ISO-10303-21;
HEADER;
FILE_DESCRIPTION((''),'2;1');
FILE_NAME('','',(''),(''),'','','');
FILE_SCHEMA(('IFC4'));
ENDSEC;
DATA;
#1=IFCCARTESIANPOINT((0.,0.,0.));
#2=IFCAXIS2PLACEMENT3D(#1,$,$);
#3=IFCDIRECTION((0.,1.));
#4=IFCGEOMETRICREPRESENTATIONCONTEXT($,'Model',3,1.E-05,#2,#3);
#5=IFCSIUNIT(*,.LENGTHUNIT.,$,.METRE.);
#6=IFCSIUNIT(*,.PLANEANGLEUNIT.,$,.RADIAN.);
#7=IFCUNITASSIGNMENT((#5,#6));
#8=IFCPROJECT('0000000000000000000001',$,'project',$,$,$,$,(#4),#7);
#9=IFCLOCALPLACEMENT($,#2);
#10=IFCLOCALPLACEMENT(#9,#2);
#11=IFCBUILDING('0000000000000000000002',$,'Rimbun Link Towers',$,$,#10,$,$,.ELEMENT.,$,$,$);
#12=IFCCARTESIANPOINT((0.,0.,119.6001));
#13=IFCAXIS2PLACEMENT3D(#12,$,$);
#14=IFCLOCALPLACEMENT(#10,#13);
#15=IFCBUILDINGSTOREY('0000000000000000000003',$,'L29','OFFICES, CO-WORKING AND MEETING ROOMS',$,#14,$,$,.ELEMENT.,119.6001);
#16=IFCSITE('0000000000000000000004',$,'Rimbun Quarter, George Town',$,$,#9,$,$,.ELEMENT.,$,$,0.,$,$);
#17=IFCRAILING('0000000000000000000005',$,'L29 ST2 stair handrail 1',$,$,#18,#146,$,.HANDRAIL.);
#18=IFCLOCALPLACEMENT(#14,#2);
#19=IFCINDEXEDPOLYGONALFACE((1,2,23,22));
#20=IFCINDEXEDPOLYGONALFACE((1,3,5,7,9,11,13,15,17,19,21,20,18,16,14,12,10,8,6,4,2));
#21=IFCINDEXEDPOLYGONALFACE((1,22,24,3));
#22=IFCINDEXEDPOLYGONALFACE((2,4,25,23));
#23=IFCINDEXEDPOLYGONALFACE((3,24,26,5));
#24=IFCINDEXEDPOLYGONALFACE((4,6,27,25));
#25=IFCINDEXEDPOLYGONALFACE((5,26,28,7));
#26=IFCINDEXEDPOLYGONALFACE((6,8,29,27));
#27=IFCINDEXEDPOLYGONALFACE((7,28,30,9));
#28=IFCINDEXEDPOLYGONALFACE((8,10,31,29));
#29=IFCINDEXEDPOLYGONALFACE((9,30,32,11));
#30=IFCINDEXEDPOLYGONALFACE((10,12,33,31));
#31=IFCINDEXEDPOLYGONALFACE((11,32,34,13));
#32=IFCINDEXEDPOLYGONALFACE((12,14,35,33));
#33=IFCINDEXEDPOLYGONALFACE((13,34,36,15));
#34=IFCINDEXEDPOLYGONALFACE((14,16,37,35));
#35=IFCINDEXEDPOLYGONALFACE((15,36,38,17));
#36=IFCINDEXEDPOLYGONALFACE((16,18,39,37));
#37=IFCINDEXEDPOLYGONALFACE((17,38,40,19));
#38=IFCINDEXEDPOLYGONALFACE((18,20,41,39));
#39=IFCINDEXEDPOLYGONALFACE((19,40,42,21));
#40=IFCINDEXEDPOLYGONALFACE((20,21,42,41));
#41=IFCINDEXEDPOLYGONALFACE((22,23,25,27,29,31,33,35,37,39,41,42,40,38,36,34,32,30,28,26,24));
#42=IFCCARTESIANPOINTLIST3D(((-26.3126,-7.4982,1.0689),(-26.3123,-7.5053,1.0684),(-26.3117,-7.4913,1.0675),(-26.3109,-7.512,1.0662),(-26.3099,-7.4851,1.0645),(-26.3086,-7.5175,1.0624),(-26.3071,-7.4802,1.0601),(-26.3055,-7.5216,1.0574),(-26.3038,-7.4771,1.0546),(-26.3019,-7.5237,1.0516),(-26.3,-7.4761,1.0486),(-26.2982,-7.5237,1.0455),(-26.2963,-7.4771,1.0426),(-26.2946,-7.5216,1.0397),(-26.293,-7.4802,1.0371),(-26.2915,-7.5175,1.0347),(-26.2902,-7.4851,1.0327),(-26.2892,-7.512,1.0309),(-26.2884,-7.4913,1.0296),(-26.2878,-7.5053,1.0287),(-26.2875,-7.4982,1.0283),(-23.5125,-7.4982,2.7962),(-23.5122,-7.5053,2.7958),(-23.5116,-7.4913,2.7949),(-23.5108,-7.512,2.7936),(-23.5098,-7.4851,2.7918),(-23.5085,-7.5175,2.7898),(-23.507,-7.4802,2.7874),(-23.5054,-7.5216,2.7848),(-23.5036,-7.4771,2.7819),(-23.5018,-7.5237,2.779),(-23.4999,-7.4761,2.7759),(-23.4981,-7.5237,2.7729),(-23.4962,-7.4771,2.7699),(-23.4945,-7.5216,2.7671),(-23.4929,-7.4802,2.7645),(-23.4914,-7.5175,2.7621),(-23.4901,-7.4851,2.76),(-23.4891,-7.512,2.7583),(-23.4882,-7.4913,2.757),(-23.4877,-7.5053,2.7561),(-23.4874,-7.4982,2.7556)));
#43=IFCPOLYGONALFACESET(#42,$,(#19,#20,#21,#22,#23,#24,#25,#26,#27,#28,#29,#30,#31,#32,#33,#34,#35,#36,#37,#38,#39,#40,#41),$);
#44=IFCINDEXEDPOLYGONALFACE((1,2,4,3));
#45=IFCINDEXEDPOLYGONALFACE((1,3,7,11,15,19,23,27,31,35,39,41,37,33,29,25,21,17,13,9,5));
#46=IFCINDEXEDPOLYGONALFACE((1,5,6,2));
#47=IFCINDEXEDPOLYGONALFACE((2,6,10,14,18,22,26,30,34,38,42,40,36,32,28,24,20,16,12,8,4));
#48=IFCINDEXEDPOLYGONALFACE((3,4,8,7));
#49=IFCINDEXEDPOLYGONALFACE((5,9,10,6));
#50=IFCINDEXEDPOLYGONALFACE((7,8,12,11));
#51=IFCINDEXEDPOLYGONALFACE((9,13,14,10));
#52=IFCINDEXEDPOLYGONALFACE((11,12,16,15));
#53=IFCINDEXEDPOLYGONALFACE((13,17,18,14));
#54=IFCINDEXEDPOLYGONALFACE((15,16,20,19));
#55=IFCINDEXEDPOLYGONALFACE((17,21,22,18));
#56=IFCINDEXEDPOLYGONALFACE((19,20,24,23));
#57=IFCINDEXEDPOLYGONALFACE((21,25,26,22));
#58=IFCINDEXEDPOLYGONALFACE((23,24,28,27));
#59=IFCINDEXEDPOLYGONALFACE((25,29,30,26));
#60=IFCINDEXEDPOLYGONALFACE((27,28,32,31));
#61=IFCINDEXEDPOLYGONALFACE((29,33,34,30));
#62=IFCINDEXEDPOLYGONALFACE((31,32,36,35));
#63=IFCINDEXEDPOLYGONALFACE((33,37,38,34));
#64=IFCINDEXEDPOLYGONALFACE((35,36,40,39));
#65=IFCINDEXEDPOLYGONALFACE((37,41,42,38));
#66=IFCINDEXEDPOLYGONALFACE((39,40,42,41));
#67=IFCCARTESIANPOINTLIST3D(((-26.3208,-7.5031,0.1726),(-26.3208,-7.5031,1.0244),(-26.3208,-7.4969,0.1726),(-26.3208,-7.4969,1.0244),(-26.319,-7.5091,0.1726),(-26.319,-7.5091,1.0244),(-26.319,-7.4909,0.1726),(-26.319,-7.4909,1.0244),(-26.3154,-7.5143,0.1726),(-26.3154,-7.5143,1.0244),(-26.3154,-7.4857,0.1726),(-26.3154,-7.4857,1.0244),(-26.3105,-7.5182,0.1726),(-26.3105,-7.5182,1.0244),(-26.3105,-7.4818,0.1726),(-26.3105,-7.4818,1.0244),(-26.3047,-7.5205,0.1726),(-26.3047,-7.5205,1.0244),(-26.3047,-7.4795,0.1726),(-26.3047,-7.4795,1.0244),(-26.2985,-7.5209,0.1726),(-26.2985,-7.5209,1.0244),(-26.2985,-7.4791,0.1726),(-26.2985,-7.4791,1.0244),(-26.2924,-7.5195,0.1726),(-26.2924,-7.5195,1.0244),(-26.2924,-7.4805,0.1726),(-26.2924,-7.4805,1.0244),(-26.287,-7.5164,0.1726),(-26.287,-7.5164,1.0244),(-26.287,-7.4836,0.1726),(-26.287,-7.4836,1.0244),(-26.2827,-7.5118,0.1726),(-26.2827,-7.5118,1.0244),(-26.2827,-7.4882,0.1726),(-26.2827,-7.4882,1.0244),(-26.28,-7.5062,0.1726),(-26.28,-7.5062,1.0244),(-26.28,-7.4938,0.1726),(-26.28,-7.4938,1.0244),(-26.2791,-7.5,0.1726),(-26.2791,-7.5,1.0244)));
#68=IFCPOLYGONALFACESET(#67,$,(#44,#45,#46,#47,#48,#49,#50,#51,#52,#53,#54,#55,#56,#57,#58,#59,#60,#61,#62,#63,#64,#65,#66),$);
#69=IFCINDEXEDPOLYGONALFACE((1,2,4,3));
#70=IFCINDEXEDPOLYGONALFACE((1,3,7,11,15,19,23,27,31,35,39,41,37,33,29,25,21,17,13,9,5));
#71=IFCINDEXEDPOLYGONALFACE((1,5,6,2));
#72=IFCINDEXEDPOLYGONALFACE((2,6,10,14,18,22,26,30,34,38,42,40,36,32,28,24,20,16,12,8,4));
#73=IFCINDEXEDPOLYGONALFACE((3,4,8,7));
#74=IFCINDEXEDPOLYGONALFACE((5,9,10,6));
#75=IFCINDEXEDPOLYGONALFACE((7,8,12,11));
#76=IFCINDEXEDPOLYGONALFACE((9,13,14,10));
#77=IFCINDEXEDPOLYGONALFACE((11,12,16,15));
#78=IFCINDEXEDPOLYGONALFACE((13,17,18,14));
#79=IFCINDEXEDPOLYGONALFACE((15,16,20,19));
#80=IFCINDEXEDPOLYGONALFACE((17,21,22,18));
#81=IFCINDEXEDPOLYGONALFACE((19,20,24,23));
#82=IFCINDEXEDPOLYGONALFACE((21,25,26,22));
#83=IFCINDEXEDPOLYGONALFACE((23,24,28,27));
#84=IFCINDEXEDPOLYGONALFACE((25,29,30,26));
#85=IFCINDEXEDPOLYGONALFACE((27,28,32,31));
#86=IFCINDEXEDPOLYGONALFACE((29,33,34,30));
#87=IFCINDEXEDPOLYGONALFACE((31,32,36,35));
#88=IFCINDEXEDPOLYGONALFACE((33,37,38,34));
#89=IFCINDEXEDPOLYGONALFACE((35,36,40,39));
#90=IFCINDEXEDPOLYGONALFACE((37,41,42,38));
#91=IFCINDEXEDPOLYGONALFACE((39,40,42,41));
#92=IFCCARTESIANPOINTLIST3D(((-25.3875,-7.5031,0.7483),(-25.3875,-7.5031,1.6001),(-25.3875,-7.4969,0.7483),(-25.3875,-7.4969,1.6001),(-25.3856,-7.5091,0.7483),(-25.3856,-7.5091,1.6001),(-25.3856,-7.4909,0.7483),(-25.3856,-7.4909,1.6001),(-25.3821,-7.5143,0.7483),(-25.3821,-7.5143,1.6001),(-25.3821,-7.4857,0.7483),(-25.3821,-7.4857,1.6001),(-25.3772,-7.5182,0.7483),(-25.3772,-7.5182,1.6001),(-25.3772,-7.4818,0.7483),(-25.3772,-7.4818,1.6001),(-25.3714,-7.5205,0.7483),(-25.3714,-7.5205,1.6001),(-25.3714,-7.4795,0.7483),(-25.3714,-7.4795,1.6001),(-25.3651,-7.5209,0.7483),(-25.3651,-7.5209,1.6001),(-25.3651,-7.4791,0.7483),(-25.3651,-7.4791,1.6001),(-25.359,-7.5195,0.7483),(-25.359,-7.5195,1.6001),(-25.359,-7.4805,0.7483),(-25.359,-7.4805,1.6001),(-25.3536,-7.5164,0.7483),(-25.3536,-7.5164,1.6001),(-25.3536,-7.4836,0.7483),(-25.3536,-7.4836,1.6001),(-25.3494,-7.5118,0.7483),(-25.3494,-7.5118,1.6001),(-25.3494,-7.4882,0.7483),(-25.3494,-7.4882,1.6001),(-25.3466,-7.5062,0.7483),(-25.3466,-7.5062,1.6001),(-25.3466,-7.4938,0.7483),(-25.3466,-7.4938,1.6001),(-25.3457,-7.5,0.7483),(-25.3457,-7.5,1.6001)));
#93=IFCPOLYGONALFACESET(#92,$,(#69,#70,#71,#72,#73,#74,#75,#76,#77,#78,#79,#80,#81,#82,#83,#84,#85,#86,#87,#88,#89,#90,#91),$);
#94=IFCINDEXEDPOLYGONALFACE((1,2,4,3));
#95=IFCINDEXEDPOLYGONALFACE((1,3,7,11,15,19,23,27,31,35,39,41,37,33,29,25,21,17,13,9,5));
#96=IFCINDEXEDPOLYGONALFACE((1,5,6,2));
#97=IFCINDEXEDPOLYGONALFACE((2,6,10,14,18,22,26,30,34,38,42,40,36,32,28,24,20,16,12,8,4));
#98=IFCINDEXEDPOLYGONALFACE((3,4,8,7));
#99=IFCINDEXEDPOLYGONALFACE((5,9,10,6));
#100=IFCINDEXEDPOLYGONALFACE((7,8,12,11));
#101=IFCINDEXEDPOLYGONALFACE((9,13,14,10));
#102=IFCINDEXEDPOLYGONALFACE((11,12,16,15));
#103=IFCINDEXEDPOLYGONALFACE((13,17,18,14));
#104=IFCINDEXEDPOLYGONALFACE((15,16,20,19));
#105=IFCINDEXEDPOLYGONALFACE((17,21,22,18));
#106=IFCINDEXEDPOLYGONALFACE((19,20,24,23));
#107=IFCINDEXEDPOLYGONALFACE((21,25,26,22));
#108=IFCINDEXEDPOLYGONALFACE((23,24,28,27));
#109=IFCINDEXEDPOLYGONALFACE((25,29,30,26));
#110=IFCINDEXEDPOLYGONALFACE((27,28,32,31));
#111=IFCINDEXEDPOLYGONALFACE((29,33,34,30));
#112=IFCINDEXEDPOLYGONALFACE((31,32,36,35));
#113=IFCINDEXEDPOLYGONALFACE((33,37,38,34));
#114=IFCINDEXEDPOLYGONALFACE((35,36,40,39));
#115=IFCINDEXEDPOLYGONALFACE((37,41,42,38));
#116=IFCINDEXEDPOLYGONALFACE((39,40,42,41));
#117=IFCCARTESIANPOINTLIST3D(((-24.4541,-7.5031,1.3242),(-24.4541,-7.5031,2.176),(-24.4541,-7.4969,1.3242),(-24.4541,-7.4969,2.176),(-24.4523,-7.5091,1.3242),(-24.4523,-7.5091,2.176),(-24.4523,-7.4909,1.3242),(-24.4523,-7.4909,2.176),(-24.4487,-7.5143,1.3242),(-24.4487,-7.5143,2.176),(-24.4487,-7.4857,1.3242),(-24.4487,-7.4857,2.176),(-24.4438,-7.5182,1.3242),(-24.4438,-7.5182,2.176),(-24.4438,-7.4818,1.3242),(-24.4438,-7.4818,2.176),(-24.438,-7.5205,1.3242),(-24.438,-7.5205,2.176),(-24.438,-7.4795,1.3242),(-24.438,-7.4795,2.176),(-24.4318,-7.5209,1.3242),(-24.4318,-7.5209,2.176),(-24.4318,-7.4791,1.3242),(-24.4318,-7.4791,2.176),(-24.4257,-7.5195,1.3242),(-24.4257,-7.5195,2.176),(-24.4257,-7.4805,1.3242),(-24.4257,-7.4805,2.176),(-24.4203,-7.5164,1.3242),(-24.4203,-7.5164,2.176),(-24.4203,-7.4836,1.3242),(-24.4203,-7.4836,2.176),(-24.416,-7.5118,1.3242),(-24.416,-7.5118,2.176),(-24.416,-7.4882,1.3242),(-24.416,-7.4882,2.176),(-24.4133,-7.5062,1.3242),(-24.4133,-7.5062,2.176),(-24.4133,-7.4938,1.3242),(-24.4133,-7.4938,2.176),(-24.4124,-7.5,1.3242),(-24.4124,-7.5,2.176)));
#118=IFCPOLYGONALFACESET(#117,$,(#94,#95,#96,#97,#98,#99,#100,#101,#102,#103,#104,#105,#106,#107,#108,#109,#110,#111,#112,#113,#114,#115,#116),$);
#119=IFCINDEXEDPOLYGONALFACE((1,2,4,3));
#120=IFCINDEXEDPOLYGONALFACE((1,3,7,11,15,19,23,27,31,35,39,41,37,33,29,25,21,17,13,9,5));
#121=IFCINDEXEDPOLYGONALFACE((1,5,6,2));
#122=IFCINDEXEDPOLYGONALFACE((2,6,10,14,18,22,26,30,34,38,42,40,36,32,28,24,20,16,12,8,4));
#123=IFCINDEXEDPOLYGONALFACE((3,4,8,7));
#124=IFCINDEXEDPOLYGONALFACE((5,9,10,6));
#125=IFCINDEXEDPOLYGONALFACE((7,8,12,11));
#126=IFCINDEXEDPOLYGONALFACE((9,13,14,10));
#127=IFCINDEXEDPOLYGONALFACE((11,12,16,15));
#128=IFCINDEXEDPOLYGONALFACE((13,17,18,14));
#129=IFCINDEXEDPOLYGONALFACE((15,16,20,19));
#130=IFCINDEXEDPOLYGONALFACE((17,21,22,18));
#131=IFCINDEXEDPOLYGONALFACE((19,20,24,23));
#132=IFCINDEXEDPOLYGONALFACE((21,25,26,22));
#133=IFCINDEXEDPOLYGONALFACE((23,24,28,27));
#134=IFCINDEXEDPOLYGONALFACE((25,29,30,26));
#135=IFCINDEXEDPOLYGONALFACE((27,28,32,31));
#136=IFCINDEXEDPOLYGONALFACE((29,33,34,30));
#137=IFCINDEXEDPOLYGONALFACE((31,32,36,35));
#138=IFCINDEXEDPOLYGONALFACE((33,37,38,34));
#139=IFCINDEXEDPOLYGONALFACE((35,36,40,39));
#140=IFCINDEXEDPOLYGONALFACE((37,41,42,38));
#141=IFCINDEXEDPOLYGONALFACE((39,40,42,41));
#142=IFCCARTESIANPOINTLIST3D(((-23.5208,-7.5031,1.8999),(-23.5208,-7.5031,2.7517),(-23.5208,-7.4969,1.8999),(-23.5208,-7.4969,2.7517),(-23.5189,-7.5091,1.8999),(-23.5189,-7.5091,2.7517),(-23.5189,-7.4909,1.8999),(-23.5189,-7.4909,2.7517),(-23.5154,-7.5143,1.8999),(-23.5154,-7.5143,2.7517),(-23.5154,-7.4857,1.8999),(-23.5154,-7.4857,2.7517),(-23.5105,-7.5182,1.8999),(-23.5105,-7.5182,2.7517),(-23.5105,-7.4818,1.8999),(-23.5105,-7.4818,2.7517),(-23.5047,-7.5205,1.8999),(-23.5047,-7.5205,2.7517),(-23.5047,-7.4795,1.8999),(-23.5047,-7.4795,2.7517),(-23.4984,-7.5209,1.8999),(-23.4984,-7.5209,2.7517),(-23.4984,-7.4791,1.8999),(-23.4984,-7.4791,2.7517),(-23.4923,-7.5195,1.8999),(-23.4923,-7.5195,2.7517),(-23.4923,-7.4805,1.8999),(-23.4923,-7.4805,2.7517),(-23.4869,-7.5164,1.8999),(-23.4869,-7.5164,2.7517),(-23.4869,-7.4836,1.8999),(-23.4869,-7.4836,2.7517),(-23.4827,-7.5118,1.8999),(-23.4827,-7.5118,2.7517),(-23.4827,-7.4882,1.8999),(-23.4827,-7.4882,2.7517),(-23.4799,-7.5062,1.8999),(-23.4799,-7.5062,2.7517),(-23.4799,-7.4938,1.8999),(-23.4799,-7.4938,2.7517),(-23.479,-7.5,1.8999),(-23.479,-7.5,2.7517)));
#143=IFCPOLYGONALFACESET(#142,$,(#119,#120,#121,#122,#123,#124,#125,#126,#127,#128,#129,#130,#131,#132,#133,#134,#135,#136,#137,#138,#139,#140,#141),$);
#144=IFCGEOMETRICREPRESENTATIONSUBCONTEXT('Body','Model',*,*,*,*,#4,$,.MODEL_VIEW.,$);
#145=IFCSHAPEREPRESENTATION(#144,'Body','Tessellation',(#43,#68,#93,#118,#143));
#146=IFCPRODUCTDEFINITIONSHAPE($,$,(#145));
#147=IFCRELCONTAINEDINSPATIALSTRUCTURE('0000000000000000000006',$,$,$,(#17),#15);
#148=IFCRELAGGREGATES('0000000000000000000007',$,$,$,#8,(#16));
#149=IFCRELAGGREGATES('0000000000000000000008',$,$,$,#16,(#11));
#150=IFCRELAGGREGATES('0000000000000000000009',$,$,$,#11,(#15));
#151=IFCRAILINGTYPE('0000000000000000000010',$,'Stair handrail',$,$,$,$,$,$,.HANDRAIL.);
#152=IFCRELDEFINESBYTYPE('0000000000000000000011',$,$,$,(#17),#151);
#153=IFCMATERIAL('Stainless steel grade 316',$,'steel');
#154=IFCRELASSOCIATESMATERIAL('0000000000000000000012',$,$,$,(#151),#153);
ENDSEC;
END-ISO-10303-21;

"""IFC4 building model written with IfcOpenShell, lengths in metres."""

from ifc_helpers import new_model, si_unit, direction, frame, origin, origin_2d, place, context, subcontext, project, spatial, circle, extrude, material, type_object, element, save


model = new_model("IFC4")

# Units and contexts
model_context = context("Model", 3, precision=1e-05, world=origin(), true_north=direction((0.0, 1.0)))
body_context = subcontext(model_context, "Body", "Model", "MODEL_VIEW")
ifc_project = project(units=[si_unit("LENGTHUNIT", "METRE"), si_unit("PLANEANGLEUNIT", "RADIAN")], contexts=[model_context])

# Site, building, storey
site_placement = place(None, origin())
site = spatial("IfcSite", under=ifc_project, at=site_placement, Name="Rimbun Quarter, George Town", CompositionType="ELEMENT", RefElevation=0.0)
building_placement = place(site_placement, origin())
building = spatial("IfcBuilding", under=site, at=building_placement, Name="Rimbun Link Towers", CompositionType="ELEMENT")
storey_placement = place(building_placement, frame((0.0, 0.0, 119.6001)))
storey = spatial("IfcBuildingStorey", under=building, at=storey_placement, Name="L29", Description="OFFICES, CO-WORKING AND MEETING ROOMS", CompositionType="ELEMENT", Elevation=119.6001)

# Railing
ifc_material_1 = material(Name="Stainless steel grade 316", Category="steel")
railing_type_1 = type_object("IfcRailingType", Name="Stair handrail", PredefinedType="HANDRAIL", material=ifc_material_1)
railing_1_placement = place(storey_placement, frame((-26.3, -7.5, 0.1726)))
element("IfcRailing", 1, at=railing_1_placement, inside=storey, type_object=railing_type_1, Name="L29 ST2 stair handrail 1", PredefinedType="HANDRAIL", context=body_context, shape_type="SweptSolid", body=[
    extrude(circle(Radius=0.0239, at=origin_2d()), frame((0.0, 0.0, 0.876), z_axis=(0.85109, 0.0, 0.52502), x_axis=(0.0, 1.0, 0.0)), (0.0, 0.0, 1.0), 3.29),
    extrude(circle(Radius=0.021, at=origin_2d()), origin(), (0.0, 0.0, 1.0), 0.8518),
    extrude(circle(Radius=0.021, at=origin_2d()), frame((0.9333, 0.0, 0.5757)), (0.0, 0.0, 1.0), 0.8518),
    extrude(circle(Radius=0.021, at=origin_2d()), frame((1.8667, 0.0, 1.1516)), (0.0, 0.0, 1.0), 0.8518),
    extrude(circle(Radius=0.021, at=origin_2d()), frame((2.8, 0.0, 1.7273)), (0.0, 0.0, 1.0), 0.8518),
])

save(model, "model.ifc")
